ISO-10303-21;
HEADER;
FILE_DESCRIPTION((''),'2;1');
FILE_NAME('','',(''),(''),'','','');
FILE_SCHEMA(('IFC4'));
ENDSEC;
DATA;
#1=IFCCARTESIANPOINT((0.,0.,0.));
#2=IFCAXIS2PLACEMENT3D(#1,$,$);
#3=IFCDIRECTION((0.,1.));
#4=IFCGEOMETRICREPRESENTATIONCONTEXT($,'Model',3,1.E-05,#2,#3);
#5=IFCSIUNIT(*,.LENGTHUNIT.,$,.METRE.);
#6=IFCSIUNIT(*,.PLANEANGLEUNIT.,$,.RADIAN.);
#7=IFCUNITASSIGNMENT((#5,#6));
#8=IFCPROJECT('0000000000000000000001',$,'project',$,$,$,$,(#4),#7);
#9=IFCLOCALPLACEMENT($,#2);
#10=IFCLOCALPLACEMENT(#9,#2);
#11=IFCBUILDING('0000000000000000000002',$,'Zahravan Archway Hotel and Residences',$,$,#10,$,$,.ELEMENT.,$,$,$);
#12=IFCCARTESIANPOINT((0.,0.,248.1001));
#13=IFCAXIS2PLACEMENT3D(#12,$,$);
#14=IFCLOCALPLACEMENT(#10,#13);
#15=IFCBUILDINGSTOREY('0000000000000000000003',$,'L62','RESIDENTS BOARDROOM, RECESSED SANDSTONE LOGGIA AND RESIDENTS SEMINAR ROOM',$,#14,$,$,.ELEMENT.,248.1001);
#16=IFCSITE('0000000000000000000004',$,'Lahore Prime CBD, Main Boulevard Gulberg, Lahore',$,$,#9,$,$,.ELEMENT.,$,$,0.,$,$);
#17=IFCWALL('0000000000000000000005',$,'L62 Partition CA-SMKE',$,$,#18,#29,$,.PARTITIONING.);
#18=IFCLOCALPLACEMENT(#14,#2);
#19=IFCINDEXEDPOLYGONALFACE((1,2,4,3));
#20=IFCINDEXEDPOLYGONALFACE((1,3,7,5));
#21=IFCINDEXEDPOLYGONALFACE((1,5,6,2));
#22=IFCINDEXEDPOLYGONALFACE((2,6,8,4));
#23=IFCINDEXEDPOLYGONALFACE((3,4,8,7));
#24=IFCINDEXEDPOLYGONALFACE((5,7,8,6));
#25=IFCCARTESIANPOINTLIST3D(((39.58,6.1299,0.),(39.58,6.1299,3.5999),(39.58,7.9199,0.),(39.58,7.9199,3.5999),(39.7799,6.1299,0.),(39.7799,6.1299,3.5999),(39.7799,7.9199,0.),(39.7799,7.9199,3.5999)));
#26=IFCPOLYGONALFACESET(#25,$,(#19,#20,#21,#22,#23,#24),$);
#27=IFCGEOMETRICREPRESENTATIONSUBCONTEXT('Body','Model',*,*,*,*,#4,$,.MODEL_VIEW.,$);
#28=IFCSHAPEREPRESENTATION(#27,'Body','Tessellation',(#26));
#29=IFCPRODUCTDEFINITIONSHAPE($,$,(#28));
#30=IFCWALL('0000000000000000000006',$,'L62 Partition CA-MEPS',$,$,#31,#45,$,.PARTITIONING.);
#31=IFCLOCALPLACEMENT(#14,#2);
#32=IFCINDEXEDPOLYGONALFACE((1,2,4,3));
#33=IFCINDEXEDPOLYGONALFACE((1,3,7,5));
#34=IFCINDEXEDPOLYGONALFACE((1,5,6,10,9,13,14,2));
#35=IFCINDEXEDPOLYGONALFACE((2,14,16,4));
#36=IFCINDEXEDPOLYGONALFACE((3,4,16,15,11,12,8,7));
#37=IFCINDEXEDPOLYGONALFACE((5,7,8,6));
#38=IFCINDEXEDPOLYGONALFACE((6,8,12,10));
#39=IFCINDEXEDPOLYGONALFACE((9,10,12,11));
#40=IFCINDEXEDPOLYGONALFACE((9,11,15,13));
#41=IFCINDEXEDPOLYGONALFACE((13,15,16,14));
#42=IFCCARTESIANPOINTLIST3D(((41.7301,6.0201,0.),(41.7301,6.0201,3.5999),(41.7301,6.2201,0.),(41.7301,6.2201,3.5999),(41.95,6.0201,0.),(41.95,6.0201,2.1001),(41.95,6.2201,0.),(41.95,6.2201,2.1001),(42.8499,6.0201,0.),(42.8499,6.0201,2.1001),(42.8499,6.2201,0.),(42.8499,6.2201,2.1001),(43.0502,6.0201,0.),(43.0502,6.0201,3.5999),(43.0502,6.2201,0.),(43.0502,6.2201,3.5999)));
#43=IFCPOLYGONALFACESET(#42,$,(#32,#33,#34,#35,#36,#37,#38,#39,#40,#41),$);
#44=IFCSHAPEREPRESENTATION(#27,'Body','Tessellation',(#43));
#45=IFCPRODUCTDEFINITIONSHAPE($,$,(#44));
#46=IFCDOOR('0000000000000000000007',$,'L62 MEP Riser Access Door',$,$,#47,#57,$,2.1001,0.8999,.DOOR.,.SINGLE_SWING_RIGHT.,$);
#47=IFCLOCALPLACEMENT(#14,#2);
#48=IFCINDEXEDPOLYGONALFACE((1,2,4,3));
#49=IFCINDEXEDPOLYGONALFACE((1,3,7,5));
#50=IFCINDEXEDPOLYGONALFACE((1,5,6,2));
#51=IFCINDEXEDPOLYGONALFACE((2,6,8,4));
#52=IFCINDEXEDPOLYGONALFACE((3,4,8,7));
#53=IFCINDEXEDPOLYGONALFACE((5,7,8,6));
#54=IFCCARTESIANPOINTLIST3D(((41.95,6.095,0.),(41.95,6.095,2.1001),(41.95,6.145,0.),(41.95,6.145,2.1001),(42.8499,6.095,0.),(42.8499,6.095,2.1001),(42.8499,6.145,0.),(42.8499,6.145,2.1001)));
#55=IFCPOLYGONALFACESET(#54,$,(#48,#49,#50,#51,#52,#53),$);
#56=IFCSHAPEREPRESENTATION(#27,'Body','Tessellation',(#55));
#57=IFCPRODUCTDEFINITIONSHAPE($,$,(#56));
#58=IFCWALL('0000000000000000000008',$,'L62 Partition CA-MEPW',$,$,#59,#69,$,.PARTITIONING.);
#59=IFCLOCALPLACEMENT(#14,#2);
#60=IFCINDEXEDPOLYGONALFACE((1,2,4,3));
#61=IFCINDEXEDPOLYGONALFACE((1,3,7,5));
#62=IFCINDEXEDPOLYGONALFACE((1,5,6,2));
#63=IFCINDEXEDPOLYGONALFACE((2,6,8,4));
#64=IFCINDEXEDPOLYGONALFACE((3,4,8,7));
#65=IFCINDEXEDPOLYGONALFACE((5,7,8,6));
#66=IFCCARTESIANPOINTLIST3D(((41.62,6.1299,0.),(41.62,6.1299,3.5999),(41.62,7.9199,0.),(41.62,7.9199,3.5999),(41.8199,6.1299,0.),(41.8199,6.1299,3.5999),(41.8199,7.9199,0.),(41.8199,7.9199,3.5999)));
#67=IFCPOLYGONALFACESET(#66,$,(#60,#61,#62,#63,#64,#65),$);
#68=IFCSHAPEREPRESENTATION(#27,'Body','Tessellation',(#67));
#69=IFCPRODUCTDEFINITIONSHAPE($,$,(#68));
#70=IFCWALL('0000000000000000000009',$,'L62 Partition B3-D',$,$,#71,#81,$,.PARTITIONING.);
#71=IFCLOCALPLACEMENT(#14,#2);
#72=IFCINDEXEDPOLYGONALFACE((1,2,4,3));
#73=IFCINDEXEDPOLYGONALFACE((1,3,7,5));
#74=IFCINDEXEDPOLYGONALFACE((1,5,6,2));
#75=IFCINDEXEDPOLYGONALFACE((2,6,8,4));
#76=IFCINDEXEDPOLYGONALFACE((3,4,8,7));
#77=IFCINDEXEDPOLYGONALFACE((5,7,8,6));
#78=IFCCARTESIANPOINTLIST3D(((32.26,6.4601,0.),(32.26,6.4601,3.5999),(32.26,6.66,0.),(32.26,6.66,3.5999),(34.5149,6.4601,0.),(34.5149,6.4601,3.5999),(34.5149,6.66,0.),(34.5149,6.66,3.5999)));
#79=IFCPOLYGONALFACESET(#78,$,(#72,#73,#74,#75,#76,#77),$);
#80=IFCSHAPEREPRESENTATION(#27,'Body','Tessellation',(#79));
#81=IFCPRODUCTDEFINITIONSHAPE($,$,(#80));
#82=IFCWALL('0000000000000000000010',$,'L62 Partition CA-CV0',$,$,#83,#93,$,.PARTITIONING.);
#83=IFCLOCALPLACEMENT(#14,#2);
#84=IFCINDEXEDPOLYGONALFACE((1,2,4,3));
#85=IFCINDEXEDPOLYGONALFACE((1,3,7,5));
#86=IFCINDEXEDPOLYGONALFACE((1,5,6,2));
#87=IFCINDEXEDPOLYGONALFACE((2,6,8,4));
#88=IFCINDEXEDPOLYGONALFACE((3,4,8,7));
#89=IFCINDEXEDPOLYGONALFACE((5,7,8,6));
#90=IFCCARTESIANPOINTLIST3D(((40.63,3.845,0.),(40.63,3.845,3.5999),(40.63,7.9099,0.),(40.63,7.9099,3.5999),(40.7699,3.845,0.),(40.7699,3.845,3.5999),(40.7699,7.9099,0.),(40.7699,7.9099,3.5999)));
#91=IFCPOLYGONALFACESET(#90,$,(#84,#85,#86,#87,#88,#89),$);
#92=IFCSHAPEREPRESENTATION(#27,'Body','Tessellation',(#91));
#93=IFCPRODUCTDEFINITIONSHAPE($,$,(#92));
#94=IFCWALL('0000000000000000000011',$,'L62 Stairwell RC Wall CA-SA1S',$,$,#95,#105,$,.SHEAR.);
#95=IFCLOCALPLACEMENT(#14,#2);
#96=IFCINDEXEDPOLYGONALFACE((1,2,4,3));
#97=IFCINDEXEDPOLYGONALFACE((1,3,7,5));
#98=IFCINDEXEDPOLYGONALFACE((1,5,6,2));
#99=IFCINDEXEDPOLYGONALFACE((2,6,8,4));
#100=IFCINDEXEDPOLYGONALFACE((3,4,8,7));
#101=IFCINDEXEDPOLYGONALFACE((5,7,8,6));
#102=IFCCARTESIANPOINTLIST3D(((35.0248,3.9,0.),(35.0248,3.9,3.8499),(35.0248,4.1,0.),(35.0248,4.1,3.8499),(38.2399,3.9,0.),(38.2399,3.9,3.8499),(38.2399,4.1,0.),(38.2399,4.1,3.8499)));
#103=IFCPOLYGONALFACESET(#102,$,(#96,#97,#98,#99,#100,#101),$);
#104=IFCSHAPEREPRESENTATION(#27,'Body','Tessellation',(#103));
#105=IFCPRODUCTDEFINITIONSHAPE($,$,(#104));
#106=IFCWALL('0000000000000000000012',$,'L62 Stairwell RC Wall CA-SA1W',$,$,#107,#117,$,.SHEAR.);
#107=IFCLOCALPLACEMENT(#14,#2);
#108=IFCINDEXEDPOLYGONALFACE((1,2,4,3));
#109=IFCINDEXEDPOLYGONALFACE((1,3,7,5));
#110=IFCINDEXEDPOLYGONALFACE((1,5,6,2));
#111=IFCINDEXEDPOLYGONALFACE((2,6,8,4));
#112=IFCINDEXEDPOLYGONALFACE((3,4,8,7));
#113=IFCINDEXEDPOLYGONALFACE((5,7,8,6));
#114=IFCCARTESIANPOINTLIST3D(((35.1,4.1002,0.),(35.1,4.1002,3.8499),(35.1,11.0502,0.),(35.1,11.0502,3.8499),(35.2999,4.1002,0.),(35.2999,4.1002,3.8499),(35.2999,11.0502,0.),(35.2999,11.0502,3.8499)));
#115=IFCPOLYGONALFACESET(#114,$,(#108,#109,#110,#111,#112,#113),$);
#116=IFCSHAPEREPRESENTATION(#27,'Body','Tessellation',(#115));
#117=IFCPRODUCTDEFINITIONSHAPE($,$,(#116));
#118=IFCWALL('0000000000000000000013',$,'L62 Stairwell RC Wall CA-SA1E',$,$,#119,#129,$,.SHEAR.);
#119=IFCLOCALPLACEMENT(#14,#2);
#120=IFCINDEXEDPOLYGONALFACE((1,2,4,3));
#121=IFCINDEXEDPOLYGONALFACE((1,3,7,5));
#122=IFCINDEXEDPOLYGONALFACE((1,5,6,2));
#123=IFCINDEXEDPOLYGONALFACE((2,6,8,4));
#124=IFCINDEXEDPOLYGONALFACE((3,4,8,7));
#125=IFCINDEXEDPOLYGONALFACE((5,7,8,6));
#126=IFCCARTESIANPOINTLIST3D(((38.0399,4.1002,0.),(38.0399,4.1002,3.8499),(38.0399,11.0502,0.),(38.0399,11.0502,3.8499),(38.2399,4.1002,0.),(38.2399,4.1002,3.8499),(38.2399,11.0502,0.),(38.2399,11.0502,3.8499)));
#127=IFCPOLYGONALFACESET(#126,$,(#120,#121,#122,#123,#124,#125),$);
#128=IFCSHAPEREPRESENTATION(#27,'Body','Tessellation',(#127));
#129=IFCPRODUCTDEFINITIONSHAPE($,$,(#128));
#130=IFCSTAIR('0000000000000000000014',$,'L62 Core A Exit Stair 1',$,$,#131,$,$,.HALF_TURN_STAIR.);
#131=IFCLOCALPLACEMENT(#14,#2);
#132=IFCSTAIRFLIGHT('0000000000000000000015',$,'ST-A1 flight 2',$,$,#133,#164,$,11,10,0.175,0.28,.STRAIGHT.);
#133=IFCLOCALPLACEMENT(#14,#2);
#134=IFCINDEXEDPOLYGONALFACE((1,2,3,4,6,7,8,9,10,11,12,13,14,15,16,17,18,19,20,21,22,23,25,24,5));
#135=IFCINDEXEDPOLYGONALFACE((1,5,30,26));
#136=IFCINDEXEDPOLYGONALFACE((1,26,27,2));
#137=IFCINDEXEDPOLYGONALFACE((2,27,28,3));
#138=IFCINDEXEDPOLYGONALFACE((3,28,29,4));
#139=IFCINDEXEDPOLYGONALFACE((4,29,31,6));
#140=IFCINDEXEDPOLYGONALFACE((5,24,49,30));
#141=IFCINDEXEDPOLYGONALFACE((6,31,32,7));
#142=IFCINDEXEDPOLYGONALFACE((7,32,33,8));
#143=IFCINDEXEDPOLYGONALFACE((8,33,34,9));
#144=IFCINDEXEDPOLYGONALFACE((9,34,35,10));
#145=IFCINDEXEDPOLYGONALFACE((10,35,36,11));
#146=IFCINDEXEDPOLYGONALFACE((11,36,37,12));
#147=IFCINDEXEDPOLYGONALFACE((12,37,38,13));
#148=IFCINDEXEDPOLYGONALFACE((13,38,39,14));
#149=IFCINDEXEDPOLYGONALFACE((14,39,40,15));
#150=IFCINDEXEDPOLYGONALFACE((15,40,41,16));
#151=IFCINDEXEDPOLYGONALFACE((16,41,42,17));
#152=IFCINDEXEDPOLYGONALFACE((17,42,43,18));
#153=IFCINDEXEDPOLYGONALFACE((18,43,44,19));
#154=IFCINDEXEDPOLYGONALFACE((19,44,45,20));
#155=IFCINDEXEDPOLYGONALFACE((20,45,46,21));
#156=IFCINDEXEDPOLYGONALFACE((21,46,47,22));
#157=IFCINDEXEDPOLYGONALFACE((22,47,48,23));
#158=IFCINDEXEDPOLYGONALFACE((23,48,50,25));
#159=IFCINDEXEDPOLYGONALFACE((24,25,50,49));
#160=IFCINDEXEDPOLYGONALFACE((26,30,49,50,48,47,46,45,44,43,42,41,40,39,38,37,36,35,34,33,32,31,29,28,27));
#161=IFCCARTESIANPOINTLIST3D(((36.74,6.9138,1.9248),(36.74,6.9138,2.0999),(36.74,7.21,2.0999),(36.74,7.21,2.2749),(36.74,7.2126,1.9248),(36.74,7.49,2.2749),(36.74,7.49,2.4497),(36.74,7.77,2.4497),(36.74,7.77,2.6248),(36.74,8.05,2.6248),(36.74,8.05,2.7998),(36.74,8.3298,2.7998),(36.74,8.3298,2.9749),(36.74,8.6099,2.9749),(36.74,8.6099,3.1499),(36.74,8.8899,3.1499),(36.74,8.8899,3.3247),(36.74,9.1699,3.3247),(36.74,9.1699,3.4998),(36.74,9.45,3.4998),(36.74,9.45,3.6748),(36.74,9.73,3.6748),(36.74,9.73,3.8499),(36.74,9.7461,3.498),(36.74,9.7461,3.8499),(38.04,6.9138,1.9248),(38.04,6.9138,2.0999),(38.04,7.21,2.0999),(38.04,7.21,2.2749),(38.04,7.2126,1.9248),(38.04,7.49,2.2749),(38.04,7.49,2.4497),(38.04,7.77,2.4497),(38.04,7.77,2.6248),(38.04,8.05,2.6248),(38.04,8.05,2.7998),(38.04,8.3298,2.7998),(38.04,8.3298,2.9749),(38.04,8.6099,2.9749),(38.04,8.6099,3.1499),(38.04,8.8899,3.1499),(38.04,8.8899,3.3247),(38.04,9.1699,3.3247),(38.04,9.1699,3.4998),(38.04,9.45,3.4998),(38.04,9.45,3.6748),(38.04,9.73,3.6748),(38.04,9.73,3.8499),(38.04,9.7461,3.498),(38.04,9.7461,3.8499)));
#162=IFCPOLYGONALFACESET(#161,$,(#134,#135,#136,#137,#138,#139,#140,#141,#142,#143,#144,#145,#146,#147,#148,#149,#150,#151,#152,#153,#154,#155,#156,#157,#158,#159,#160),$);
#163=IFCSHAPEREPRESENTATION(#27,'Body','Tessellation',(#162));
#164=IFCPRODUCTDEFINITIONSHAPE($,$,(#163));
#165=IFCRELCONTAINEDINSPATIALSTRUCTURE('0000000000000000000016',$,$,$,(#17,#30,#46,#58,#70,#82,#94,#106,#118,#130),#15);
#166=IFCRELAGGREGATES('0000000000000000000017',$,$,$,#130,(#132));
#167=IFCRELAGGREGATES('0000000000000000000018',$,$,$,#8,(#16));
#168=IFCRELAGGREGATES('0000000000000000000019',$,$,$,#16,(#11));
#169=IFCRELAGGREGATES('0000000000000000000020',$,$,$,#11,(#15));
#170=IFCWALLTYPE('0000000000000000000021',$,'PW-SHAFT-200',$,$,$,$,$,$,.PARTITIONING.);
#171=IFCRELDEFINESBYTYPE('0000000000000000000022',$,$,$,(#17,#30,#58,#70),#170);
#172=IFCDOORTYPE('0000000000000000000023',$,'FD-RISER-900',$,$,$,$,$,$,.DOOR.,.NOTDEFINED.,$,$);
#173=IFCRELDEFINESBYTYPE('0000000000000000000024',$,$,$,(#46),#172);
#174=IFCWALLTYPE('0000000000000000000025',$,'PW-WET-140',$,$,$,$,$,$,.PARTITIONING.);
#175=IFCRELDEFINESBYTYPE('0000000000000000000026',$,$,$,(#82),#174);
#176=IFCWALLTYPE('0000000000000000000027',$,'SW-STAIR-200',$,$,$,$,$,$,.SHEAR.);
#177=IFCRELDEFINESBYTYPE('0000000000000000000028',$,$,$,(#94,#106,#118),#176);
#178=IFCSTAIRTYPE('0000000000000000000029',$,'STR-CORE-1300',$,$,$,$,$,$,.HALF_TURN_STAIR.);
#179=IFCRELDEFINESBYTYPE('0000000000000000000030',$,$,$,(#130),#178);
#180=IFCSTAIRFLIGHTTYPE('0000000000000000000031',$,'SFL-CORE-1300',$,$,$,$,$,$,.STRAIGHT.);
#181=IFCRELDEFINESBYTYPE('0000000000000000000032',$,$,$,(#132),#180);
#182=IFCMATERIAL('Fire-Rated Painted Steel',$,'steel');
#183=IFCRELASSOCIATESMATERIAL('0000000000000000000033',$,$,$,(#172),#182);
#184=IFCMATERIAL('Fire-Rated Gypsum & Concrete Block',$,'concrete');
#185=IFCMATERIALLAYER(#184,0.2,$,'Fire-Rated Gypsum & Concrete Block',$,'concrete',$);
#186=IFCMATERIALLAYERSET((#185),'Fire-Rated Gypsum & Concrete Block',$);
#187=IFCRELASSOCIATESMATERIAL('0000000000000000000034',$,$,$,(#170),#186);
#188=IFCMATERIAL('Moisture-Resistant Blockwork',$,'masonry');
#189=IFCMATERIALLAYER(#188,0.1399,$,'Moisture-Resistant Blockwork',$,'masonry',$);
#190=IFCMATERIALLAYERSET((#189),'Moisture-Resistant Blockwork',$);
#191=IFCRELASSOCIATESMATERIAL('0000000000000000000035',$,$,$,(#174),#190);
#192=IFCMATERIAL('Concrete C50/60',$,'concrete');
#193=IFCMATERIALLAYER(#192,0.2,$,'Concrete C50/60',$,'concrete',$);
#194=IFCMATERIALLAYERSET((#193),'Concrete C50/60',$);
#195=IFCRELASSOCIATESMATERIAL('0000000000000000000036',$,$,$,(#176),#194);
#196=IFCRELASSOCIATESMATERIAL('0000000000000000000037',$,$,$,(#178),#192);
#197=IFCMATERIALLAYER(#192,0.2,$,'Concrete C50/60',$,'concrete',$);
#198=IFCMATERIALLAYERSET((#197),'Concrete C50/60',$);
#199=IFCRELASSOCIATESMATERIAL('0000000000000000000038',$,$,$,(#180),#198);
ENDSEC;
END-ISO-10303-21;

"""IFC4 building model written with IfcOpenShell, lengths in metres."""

from ifc_helpers import new_model, si_unit, direction, frame, frame_2d, origin, place, context, subcontext, project, spatial, polyline, rectangle, outline, extrude, source, transform, mapped, material, layer, layer_set, type_object, type_shapes, element, fill, aggregate, save


model = new_model("IFC4")

# Units and contexts
model_context = context("Model", 3, precision=1e-05, world=origin(), true_north=direction((0.0, 1.0)))
body_context = subcontext(model_context, "Body", "Model", "MODEL_VIEW")
ifc_project = project(units=[si_unit("LENGTHUNIT", "METRE"), si_unit("PLANEANGLEUNIT", "RADIAN")], contexts=[model_context])

# Site, building, storey
site_placement = place(None, origin())
site = spatial("IfcSite", under=ifc_project, at=site_placement, Name="Lahore Prime CBD, Main Boulevard Gulberg, Lahore", CompositionType="ELEMENT", RefElevation=0.0)
building_placement = place(site_placement, origin())
building = spatial("IfcBuilding", under=site, at=building_placement, Name="Zahravan Archway Hotel and Residences", CompositionType="ELEMENT")
storey_placement = place(building_placement, frame((0.0, 0.0, 248.1001)))
storey = spatial("IfcBuildingStorey", under=building, at=storey_placement, Name="L62", Description="RESIDENTS BOARDROOM, RECESSED SANDSTONE LOGGIA AND RESIDENTS SEMINAR ROOM", CompositionType="ELEMENT", Elevation=248.1001)

# Shared definitions
ifc_material_1 = material(Name="Concrete C50/60", Category="concrete")
ifc_material_2 = material(Name="Fire-Rated Painted Steel", Category="steel")
door_type = type_object("IfcDoorType", Name="FD-RISER-900", OperationType="NOTDEFINED", PredefinedType="DOOR", material=ifc_material_2)
shared_shape_1 = source(origin(), body_context, "Body", "SweptSolid", [
    extrude(rectangle(XDim=0.8999, YDim=2.1001, at=frame_2d((0.45, 1.05))), frame((0.0, 0.0249, 0.0), z_axis=(0.0, -1.0, 0.0), x_axis=(1.0, 0.0, 0.0)), (0.0, 0.0, 1.0), 0.05),
])
type_shapes(door_type, [shared_shape_1])

# Shared definitions
ifc_material_3 = material(Name="Fire-Rated Gypsum & Concrete Block", Category="concrete")
ifc_layer_1 = layer(ifc_material_3, 0.2, Name="Fire-Rated Gypsum & Concrete Block", Category="concrete")
ifc_layer_set_1 = layer_set([ifc_layer_1], Name="Fire-Rated Gypsum & Concrete Block")
wall_type_1 = type_object("IfcWallType", Name="PW-SHAFT-200", PredefinedType="PARTITIONING", material=ifc_layer_set_1)

# Wall
wall_1_placement = place(storey_placement, frame((39.6799, 6.1299, 0.0), z_axis=(0.0, 0.0, 1.0), x_axis=(0.0, 1.0, 0.0)))
element("IfcWall", 1, at=wall_1_placement, inside=storey, type_object=wall_type_1, Name="L62 Partition CA-SMKE", PredefinedType="PARTITIONING", context=body_context, shape_type="SweptSolid", body=[
    extrude(rectangle(XDim=1.79, YDim=0.2, at=frame_2d((0.895, 0.0))), origin(), (0.0, 0.0, 1.0), 3.5999),
])

# Wall, opening, door
wall_2_placement = place(storey_placement, frame((41.73, 6.1201, 0.0), z_axis=(0.0, 0.0, 1.0), x_axis=(1.0, 0.0, 0.0)))
wall_2 = element("IfcWall", 2, at=wall_2_placement, inside=storey, type_object=wall_type_1, Name="L62 Partition CA-MEPS", PredefinedType="PARTITIONING", context=body_context, shape_type="SweptSolid", body=[
    extrude(rectangle(XDim=1.3201, YDim=0.2, at=frame_2d((0.6602, 0.0))), origin(), (0.0, 0.0, 1.0), 3.5999),
])
opening_1_placement = place(wall_2_placement, frame((0.22, 0.0, 0.0)))
opening_1 = element("IfcOpeningElement", 3, at=opening_1_placement, cuts=wall_2, PredefinedType="OPENING", context=body_context, shape_type="SweptSolid", body=[
    extrude(rectangle(XDim=0.8999, YDim=2.1001, at=frame_2d((0.45, 1.05))), frame((0.0, 0.1099, 0.0), z_axis=(0.0, -1.0, 0.0), x_axis=(1.0, 0.0, 0.0)), (0.0, 0.0, 1.0), 0.22),
])
door_1_placement = place(opening_1_placement, origin())
door_1 = element("IfcDoor", 4, at=door_1_placement, inside=storey, type_object=door_type, Name="L62 MEP Riser Access Door", OperationType="SINGLE_SWING_RIGHT", OverallHeight=2.1001, OverallWidth=0.8999, PredefinedType="DOOR", context=body_context, shape_type="MappedRepresentation", body=[
    mapped(shared_shape_1, transform((0.0, 0.0, 0.0), scale=1.0)),
])
fill(opening_1, door_1)

# Walls
wall_3_placement = place(storey_placement, frame((41.72, 6.1299, 0.0), z_axis=(0.0, 0.0, 1.0), x_axis=(0.0, 1.0, 0.0)))
element("IfcWall", 5, at=wall_3_placement, inside=storey, type_object=wall_type_1, Name="L62 Partition CA-MEPW", PredefinedType="PARTITIONING", context=body_context, shape_type="SweptSolid", body=[
    extrude(rectangle(XDim=1.79, YDim=0.2, at=frame_2d((0.895, 0.0))), origin(), (0.0, 0.0, 1.0), 3.5999),
])
wall_4_placement = place(storey_placement, frame((32.26, 6.5601, 0.0), z_axis=(0.0, 0.0, 1.0), x_axis=(1.0, 0.0, 0.0)))
element("IfcWall", 6, at=wall_4_placement, inside=storey, type_object=wall_type_1, Name="L62 Partition B3-D", PredefinedType="PARTITIONING", context=body_context, shape_type="SweptSolid", body=[
    extrude(rectangle(XDim=2.2549, YDim=0.2, at=frame_2d((1.1274, 0.0))), origin(), (0.0, 0.0, 1.0), 3.5999),
])
ifc_material_4 = material(Name="Moisture-Resistant Blockwork", Category="masonry")
ifc_layer_2 = layer(ifc_material_4, 0.1399, Name="Moisture-Resistant Blockwork", Category="masonry")
ifc_layer_set_2 = layer_set([ifc_layer_2], Name="Moisture-Resistant Blockwork")
wall_type_2 = type_object("IfcWallType", Name="PW-WET-140", PredefinedType="PARTITIONING", material=ifc_layer_set_2)
wall_5_placement = place(storey_placement, frame((40.7, 3.845, 0.0), z_axis=(0.0, 0.0, 1.0), x_axis=(0.0, 1.0, 0.0)))
element("IfcWall", 7, at=wall_5_placement, inside=storey, type_object=wall_type_2, Name="L62 Partition CA-CV0", PredefinedType="PARTITIONING", context=body_context, shape_type="SweptSolid", body=[
    extrude(rectangle(XDim=4.0649, YDim=0.1399, at=frame_2d((2.0325, 0.0))), origin(), (0.0, 0.0, 1.0), 3.5999),
])
ifc_layer_3 = layer(ifc_material_1, 0.2, Name="Concrete C50/60", Category="concrete")
ifc_layer_set_3 = layer_set([ifc_layer_3], Name="Concrete C50/60")
wall_type_3 = type_object("IfcWallType", Name="SW-STAIR-200", PredefinedType="SHEAR", material=ifc_layer_set_3)
wall_6_placement = place(storey_placement, frame((35.0249, 4.0, 0.0), z_axis=(0.0, 0.0, 1.0), x_axis=(1.0, 0.0, 0.0)))
element("IfcWall", 8, at=wall_6_placement, inside=storey, type_object=wall_type_3, Name="L62 Stairwell RC Wall CA-SA1S", PredefinedType="SHEAR", context=body_context, shape_type="SweptSolid", body=[
    extrude(rectangle(XDim=3.2151, YDim=0.2, at=frame_2d((1.6074, 0.0))), origin(), (0.0, 0.0, 1.0), 3.8499),
])
for number, where, z_axis, x_axis, name in (
    (9, (35.2, 4.1001, 0.0), (0.0, 0.0, 1.0), (0.0, 1.0, 0.0), "L62 Stairwell RC Wall CA-SA1W"),
    (10, (38.1399, 4.1001, 0.0), (0.0, 0.0, 1.0), (0.0, 1.0, 0.0), "L62 Stairwell RC Wall CA-SA1E"),
):
    element("IfcWall", number, at=place(storey_placement, frame(where, z_axis=z_axis, x_axis=x_axis)), inside=storey, type_object=wall_type_3, Name=name, PredefinedType="SHEAR", context=body_context, shape_type="SweptSolid", body=[
        extrude(rectangle(XDim=6.95, YDim=0.2, at=frame_2d((3.4751, 0.0))), origin(), (0.0, 0.0, 1.0), 3.8499),
    ])

# Stair, stair flight
stair_type = type_object("IfcStairType", Name="STR-CORE-1300", PredefinedType="HALF_TURN_STAIR", material=ifc_material_1)
stair_placement = place(storey_placement, origin())
stair = element("IfcStair", 11, at=stair_placement, inside=storey, type_object=stair_type, Name="L62 Core A Exit Stair 1", PredefinedType="HALF_TURN_STAIR")
ifc_layer_4 = layer(ifc_material_1, 0.2, Name="Concrete C50/60", Category="concrete")
ifc_layer_set_4 = layer_set([ifc_layer_4], Name="Concrete C50/60")
stair_flight_type = type_object("IfcStairFlightType", Name="SFL-CORE-1300", PredefinedType="STRAIGHT", material=ifc_layer_set_4)
shared_shape_2 = source(origin(), body_context, "Body", "SweptSolid", [
    extrude(outline(polyline([(-0.0161, 0.0), (-0.0161, 0.175), (0.28, 0.175), (0.28, 0.3501), (0.5601, 0.3501), (0.5601, 0.5249), (0.8401, 0.5249), (0.8401, 0.7), (1.1201, 0.7), (1.1201, 0.875), (1.3999, 0.875), (1.3999, 1.05), (1.6799, 1.05), (1.6799, 1.2251), (1.96, 1.2251), (1.96, 1.3999), (2.24, 1.3999), (2.24, 1.575), (2.52, 1.575), (2.52, 1.75), (2.8, 1.75), (2.8, 1.925), (2.8162, 1.925), (2.8162, 1.5732), (0.2827, 0.0), (-0.0161, 0.0)])), frame((0.0, 0.6499, 0.0), z_axis=(0.0, -1.0, 0.0), x_axis=(1.0, 0.0, 0.0)), (0.0, 0.0, 1.0), 1.3),
])
stair_flight_placement = place(storey_placement, frame((37.3899, 6.9299, 1.9248), z_axis=(0.0, 0.0, 1.0), x_axis=(0.0, 1.0, 0.0)))
stair_flight = element("IfcStairFlight", 12, at=stair_flight_placement, type_object=stair_flight_type, Name="ST-A1 flight 2", NumberOfRisers=11, NumberOfTreads=10, PredefinedType="STRAIGHT", RiserHeight=0.175, TreadLength=0.28, context=body_context, shape_type="MappedRepresentation", body=[
    mapped(shared_shape_2, transform((0.0, 0.0, 0.0), scale=1.0)),
])
aggregate(stair, [stair_flight])

save(model, "model.ifc")
